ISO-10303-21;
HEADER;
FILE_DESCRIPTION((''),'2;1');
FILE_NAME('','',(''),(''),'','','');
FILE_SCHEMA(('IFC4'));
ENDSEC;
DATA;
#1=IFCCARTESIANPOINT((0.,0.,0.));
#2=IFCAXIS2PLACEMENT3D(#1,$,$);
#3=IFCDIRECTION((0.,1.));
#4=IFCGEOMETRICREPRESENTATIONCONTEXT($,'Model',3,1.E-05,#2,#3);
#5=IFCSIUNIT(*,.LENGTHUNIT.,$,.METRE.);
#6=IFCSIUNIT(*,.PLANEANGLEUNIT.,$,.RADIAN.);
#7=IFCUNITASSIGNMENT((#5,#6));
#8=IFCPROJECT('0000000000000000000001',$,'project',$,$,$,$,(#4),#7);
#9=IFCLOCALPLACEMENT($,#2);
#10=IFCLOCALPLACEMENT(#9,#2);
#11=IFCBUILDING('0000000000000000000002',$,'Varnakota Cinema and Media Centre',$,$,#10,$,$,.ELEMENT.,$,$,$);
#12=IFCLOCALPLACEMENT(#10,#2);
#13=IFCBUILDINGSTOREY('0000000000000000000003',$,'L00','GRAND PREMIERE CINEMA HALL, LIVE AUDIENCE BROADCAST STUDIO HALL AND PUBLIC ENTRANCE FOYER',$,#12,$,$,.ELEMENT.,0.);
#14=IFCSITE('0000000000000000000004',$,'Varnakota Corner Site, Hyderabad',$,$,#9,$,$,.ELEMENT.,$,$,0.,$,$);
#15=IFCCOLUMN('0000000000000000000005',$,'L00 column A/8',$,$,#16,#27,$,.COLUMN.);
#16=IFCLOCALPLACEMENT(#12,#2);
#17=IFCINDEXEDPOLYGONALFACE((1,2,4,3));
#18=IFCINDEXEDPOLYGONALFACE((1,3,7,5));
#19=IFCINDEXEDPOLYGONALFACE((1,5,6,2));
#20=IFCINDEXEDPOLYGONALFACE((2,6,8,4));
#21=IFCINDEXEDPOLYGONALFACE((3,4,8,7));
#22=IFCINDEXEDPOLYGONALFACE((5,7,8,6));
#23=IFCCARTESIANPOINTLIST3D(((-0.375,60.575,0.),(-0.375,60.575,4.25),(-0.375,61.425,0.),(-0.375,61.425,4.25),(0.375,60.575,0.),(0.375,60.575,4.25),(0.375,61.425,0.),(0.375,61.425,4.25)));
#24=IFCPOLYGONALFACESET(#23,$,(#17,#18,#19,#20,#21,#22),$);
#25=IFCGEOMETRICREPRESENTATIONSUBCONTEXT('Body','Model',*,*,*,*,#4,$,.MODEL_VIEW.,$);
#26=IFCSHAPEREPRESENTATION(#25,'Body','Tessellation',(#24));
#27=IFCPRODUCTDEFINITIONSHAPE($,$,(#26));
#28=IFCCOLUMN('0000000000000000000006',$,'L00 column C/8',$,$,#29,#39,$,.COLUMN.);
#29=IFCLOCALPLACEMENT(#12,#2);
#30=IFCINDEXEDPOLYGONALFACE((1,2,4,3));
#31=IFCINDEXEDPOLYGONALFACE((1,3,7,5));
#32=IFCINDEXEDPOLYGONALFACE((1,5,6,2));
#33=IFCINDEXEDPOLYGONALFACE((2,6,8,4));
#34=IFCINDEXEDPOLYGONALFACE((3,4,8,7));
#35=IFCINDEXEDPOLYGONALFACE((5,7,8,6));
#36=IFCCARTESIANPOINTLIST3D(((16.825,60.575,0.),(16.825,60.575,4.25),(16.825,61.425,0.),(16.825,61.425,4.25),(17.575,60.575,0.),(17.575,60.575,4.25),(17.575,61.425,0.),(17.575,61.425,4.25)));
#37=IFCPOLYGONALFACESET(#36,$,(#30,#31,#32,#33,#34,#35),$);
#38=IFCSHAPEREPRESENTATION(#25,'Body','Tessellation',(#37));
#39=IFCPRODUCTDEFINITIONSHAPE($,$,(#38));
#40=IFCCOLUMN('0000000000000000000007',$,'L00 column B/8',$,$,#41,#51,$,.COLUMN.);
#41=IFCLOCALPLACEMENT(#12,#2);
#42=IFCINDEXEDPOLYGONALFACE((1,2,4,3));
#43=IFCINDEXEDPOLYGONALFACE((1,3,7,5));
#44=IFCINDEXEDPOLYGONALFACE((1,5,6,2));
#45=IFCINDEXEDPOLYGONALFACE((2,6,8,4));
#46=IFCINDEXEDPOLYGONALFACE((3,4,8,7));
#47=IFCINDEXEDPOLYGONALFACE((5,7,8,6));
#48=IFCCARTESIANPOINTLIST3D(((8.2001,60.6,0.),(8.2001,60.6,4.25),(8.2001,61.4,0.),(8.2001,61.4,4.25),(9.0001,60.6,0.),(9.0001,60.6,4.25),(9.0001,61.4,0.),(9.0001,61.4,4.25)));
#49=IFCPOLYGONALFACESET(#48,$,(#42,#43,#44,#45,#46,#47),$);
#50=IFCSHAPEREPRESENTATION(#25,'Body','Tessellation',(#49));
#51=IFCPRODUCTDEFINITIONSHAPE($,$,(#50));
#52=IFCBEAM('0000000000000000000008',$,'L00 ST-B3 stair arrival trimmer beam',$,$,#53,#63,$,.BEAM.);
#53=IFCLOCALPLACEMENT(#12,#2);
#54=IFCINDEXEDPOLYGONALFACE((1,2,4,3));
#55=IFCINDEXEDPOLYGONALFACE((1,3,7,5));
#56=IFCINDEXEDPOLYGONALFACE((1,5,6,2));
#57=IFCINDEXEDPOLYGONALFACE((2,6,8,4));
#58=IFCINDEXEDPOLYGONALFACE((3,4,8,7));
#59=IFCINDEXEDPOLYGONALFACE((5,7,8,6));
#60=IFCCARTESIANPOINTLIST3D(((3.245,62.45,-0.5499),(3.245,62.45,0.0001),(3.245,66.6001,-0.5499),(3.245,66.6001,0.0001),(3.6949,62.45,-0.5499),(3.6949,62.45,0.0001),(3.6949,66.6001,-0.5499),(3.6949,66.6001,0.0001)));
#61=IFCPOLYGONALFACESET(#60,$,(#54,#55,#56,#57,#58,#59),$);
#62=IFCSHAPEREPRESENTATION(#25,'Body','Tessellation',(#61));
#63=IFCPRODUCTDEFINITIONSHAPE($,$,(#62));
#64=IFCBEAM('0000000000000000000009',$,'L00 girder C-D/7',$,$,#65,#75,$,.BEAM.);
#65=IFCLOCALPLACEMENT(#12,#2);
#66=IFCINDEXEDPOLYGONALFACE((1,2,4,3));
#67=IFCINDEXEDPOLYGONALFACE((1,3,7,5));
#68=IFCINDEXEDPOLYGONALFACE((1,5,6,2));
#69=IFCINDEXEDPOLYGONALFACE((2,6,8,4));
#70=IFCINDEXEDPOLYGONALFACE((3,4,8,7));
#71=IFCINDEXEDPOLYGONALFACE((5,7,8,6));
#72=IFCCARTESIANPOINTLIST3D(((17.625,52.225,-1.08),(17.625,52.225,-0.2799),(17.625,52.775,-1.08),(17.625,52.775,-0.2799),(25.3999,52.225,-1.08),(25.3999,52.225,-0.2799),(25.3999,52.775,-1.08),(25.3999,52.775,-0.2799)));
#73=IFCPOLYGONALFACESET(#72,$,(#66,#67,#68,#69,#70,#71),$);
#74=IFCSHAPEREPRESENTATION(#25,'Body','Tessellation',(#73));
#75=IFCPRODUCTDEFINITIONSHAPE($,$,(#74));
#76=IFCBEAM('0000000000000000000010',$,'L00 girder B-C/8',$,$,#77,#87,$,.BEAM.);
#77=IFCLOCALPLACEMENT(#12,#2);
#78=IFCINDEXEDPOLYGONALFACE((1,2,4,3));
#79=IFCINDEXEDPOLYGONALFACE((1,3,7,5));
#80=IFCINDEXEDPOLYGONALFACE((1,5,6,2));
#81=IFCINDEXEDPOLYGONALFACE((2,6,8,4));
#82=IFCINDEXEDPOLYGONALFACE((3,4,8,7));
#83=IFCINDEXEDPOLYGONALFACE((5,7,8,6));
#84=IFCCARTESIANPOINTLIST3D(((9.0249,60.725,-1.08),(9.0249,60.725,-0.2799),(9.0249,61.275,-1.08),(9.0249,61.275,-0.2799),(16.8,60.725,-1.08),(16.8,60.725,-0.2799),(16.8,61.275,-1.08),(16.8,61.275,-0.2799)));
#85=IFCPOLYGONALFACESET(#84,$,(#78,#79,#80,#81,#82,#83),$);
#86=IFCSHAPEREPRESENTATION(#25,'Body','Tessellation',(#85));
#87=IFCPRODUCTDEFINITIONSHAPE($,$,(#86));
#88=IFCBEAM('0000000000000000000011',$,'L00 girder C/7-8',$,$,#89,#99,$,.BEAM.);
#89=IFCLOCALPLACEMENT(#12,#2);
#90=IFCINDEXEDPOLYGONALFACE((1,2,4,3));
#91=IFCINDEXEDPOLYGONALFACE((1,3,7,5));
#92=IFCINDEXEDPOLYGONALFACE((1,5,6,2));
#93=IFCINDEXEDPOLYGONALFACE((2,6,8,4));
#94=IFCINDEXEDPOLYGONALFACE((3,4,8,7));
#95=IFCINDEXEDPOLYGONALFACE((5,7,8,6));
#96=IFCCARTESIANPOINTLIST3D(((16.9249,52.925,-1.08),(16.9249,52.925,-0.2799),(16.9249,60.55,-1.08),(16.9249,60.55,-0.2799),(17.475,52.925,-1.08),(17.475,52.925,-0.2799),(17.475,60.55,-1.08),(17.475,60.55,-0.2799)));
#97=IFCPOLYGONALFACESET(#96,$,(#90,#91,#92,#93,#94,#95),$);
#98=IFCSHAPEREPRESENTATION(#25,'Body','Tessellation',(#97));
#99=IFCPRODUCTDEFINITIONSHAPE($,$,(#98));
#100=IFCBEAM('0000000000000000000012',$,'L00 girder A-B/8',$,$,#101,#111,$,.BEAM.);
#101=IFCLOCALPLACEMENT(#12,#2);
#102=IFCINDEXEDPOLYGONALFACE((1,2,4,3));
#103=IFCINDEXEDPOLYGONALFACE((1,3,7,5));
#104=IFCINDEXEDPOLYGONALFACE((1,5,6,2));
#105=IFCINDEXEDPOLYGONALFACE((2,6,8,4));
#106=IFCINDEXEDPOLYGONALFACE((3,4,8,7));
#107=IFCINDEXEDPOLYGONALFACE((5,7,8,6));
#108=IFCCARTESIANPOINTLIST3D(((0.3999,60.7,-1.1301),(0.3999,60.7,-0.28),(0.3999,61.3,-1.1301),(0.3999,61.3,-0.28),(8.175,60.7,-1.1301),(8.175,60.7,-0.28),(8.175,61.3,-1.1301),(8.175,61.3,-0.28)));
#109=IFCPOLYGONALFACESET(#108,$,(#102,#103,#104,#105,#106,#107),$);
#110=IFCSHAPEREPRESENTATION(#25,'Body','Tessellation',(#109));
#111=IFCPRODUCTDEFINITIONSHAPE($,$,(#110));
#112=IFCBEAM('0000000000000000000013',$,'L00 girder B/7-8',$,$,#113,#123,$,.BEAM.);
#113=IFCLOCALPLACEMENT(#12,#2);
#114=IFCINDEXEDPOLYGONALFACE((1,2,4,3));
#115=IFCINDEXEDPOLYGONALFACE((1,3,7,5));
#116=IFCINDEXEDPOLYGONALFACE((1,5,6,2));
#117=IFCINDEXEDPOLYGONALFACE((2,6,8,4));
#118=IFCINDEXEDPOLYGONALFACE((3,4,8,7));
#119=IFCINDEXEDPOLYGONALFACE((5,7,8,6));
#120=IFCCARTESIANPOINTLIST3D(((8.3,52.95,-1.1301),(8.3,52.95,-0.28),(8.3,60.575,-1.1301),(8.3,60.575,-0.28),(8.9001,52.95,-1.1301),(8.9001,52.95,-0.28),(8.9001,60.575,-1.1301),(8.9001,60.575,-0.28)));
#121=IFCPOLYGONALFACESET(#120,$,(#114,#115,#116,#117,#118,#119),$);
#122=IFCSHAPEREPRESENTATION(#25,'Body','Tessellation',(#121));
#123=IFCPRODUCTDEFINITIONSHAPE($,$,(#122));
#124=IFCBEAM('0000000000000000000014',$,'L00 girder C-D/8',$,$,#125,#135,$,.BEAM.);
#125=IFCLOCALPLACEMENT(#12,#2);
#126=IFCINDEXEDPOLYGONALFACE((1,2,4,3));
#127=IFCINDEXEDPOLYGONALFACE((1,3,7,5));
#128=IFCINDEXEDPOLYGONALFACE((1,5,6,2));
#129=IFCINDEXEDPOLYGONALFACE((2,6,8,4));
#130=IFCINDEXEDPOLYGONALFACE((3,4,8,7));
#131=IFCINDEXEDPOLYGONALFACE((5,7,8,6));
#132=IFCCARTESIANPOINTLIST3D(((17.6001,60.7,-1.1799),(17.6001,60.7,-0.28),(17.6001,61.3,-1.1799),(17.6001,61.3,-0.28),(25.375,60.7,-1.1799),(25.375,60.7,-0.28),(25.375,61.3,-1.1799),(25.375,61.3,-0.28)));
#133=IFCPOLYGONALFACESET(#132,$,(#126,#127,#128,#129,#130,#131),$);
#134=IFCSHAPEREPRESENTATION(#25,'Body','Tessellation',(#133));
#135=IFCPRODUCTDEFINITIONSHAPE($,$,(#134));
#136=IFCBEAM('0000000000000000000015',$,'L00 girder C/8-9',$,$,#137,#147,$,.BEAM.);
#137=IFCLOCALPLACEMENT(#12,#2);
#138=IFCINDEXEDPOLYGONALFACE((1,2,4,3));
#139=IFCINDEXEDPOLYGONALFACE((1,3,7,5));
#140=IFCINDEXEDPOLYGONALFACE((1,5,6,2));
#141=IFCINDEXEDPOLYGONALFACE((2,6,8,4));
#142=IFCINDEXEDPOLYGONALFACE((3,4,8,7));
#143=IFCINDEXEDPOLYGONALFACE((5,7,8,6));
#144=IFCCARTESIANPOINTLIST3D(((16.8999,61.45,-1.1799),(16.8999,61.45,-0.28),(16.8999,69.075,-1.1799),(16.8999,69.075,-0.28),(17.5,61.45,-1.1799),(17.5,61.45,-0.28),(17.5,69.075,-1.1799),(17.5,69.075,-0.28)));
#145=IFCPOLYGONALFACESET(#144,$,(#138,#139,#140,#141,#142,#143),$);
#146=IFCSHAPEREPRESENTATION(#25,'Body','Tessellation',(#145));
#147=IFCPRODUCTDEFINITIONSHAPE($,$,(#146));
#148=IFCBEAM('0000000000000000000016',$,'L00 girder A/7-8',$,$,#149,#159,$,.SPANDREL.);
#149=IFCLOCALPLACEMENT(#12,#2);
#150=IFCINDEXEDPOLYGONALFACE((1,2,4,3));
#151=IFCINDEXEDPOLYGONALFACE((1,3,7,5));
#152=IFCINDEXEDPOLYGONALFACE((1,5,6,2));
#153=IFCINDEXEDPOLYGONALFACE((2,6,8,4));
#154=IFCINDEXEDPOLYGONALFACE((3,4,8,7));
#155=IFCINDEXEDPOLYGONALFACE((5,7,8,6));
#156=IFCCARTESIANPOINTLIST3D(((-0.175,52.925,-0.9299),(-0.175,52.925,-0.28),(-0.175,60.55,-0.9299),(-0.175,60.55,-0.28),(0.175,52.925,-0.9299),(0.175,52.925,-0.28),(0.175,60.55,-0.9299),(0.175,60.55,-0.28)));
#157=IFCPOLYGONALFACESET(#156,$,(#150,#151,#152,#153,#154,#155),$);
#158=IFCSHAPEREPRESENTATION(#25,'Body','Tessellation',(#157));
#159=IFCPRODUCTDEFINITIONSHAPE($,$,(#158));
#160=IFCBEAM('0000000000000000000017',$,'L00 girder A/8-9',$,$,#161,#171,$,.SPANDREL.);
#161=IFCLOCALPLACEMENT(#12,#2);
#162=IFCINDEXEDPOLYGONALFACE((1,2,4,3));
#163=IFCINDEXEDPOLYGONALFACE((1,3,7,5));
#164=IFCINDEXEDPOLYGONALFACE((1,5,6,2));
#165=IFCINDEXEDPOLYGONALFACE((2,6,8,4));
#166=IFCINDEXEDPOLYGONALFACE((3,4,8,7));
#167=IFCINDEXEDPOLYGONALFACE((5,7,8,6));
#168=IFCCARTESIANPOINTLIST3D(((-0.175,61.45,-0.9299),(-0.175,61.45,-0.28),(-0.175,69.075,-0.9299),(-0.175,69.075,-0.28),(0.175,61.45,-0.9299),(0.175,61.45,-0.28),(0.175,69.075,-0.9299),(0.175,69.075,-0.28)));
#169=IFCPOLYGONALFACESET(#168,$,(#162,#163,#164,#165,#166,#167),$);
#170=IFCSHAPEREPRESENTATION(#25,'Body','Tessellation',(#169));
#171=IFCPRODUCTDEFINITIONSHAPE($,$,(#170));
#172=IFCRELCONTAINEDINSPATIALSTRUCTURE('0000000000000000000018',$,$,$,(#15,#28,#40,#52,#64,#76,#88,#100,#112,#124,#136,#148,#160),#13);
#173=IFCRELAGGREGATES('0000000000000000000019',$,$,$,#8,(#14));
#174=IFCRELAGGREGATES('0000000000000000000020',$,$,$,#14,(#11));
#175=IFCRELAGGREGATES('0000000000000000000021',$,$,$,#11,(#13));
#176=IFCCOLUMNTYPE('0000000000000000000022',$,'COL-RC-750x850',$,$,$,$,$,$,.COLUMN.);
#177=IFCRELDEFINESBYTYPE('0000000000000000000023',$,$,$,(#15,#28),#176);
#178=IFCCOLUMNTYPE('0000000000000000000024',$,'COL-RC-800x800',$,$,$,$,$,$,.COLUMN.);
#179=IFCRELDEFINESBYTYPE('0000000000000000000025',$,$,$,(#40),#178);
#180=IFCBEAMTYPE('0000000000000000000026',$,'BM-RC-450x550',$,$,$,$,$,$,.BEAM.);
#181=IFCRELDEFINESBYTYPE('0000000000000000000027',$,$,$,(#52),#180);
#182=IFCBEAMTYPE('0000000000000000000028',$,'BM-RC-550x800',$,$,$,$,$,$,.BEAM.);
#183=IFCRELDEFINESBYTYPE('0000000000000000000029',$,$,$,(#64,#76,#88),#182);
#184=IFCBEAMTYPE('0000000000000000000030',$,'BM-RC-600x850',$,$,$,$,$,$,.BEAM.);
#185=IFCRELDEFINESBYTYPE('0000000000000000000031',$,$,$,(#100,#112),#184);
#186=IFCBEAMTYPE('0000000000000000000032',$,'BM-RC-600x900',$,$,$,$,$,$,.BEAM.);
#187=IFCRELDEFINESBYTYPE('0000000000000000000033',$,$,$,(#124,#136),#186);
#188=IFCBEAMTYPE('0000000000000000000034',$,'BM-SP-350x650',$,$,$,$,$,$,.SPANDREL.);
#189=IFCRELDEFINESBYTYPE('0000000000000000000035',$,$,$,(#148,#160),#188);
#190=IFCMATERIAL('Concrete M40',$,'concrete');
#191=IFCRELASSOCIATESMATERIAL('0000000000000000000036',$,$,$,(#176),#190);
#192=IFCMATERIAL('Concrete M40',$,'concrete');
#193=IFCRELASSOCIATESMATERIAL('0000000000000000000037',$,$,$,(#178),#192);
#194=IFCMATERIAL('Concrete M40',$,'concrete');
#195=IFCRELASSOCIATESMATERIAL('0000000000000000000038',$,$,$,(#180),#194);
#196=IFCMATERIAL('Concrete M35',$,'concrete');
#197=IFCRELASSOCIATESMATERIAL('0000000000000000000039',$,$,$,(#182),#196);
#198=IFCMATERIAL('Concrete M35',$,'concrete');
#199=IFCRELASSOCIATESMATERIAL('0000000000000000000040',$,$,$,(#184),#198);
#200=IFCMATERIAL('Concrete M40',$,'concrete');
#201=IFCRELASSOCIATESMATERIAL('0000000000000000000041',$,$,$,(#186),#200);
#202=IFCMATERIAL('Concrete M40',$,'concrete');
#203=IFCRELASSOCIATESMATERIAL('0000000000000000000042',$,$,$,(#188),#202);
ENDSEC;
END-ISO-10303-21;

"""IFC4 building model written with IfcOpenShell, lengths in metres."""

from ifc_helpers import new_model, si_unit, direction, frame, origin, origin_2d, place, context, subcontext, project, spatial, rectangle, extrude, material, material_profile, profile_set, type_object, element, save


model = new_model("IFC4")

# Units and contexts
model_context = context("Model", 3, precision=1e-05, world=origin(), true_north=direction((0.0, 1.0)))
body_context = subcontext(model_context, "Body", "Model", "MODEL_VIEW")
ifc_project = project(units=[si_unit("LENGTHUNIT", "METRE"), si_unit("PLANEANGLEUNIT", "RADIAN")], contexts=[model_context])

# Site, building, storey
site_placement = place(None, origin())
site = spatial("IfcSite", under=ifc_project, at=site_placement, Name="Varnakota Corner Site, Hyderabad", CompositionType="ELEMENT", RefElevation=0.0)
building_placement = place(site_placement, origin())
building = spatial("IfcBuilding", under=site, at=building_placement, Name="Varnakota Cinema and Media Centre", CompositionType="ELEMENT")
storey_placement = place(building_placement, origin())
storey = spatial("IfcBuildingStorey", under=building, at=storey_placement, Name="L00", Description="GRAND PREMIERE CINEMA HALL, LIVE AUDIENCE BROADCAST STUDIO HALL AND PUBLIC ENTRANCE FOYER", CompositionType="ELEMENT", Elevation=0.0)

# Columns
ifc_material_1 = material(Name="Concrete M40", Category="concrete")
ifc_material_profile_1 = material_profile(ifc_material_1, rectangle(XDim=0.75, YDim=0.8501, at=origin_2d()), Name="RC 750x850")
ifc_profile_set_1 = profile_set([ifc_material_profile_1], Name="Concrete M40")
column_type_1 = type_object("IfcColumnType", Name="COL-RC-750x850", PredefinedType="COLUMN", material=ifc_profile_set_1)
for number, where, z_axis, x_axis, name in (
    (1, (0.0, 61.0, 0.0), (0.0, 0.0, 1.0), (1.0, 0.0, 0.0), "L00 column A/8"),
    (2, (17.2, 61.0, 0.0), (0.0, 0.0, 1.0), (1.0, 0.0, 0.0), "L00 column C/8"),
):
    element("IfcColumn", number, at=place(storey_placement, frame(where, z_axis=z_axis, x_axis=x_axis)), inside=storey, type_object=column_type_1, Name=name, PredefinedType="COLUMN", context=body_context, shape_type="SweptSolid", body=[
        extrude(rectangle(XDim=0.75, YDim=0.8501, at=origin_2d()), origin(), (0.0, 0.0, 1.0), 4.25),
    ])
ifc_material_2 = material(Name="Concrete M40", Category="concrete")
ifc_material_profile_2 = material_profile(ifc_material_2, rectangle(XDim=0.8, YDim=0.8, at=origin_2d()), Name="RC 800x800")
ifc_profile_set_2 = profile_set([ifc_material_profile_2], Name="Concrete M40")
column_type_2 = type_object("IfcColumnType", Name="COL-RC-800x800", PredefinedType="COLUMN", material=ifc_profile_set_2)
column_placement = place(storey_placement, frame((8.6001, 61.0, 0.0), z_axis=(0.0, 0.0, 1.0), x_axis=(1.0, 0.0, 0.0)))
element("IfcColumn", 3, at=column_placement, inside=storey, type_object=column_type_2, Name="L00 column B/8", PredefinedType="COLUMN", context=body_context, shape_type="SweptSolid", body=[
    extrude(rectangle(XDim=0.8, YDim=0.8, at=origin_2d()), origin(), (0.0, 0.0, 1.0), 4.25),
])

# Beams
ifc_material_3 = material(Name="Concrete M40", Category="concrete")
ifc_material_profile_3 = material_profile(ifc_material_3, rectangle(XDim=0.45, YDim=0.55, at=origin_2d()), Name="RCB 450x550")
ifc_profile_set_3 = profile_set([ifc_material_profile_3], Name="Concrete M40")
beam_type_1 = type_object("IfcBeamType", Name="BM-RC-450x550", PredefinedType="BEAM", material=ifc_profile_set_3)
beam_1_placement = place(storey_placement, frame((3.47, 62.45, -0.2749), z_axis=(0.0, 1.0, 0.0), x_axis=(-1.0, 0.0, 0.0)))
element("IfcBeam", 4, at=beam_1_placement, inside=storey, type_object=beam_type_1, Name="L00 ST-B3 stair arrival trimmer beam", PredefinedType="BEAM", context=body_context, shape_type="SweptSolid", body=[
    extrude(rectangle(XDim=0.45, YDim=0.55, at=origin_2d()), origin(), (0.0, 0.0, 1.0), 4.1501),
])
ifc_material_4 = material(Name="Concrete M35", Category="concrete")
ifc_material_profile_4 = material_profile(ifc_material_4, rectangle(XDim=0.55, YDim=0.8, at=origin_2d()), Name="RCB 550x800")
ifc_profile_set_4 = profile_set([ifc_material_profile_4], Name="Concrete M35")
beam_type_2 = type_object("IfcBeamType", Name="BM-RC-550x800", PredefinedType="BEAM", material=ifc_profile_set_4)
beam_2_placement = place(storey_placement, frame((17.625, 52.5, -0.6799), z_axis=(1.0, 0.0, 0.0), x_axis=(0.0, 1.0, 0.0)))
element("IfcBeam", 5, at=beam_2_placement, inside=storey, type_object=beam_type_2, Name="L00 girder C-D/7", PredefinedType="BEAM", context=body_context, shape_type="SweptSolid", body=[
    extrude(rectangle(XDim=0.55, YDim=0.8, at=origin_2d()), origin(), (0.0, 0.0, 1.0), 7.7749),
])
beam_3_placement = place(storey_placement, frame((9.0249, 61.0, -0.6799), z_axis=(1.0, 0.0, 0.0), x_axis=(0.0, 1.0, 0.0)))
element("IfcBeam", 6, at=beam_3_placement, inside=storey, type_object=beam_type_2, Name="L00 girder B-C/8", PredefinedType="BEAM", context=body_context, shape_type="SweptSolid", body=[
    extrude(rectangle(XDim=0.55, YDim=0.8, at=origin_2d()), origin(), (0.0, 0.0, 1.0), 7.7751),
])
beam_4_placement = place(storey_placement, frame((17.2, 52.925, -0.6799), z_axis=(0.0, 1.0, 0.0), x_axis=(-1.0, 0.0, 0.0)))
element("IfcBeam", 7, at=beam_4_placement, inside=storey, type_object=beam_type_2, Name="L00 girder C/7-8", PredefinedType="BEAM", context=body_context, shape_type="SweptSolid", body=[
    extrude(rectangle(XDim=0.55, YDim=0.8, at=origin_2d()), origin(), (0.0, 0.0, 1.0), 7.625),
])
ifc_material_5 = material(Name="Concrete M35", Category="concrete")
ifc_material_profile_5 = material_profile(ifc_material_5, rectangle(XDim=0.6001, YDim=0.8501, at=origin_2d()), Name="RCB 600x850")
ifc_profile_set_5 = profile_set([ifc_material_profile_5], Name="Concrete M35")
beam_type_3 = type_object("IfcBeamType", Name="BM-RC-600x850", PredefinedType="BEAM", material=ifc_profile_set_5)
beam_5_placement = place(storey_placement, frame((0.3999, 61.0, -0.7051), z_axis=(1.0, 0.0, 0.0), x_axis=(0.0, 1.0, 0.0)))
element("IfcBeam", 8, at=beam_5_placement, inside=storey, type_object=beam_type_3, Name="L00 girder A-B/8", PredefinedType="BEAM", context=body_context, shape_type="SweptSolid", body=[
    extrude(rectangle(XDim=0.6001, YDim=0.8501, at=origin_2d()), origin(), (0.0, 0.0, 1.0), 7.7751),
])
beam_6_placement = place(storey_placement, frame((8.6001, 52.95, -0.7051), z_axis=(0.0, 1.0, 0.0), x_axis=(-1.0, 0.0, 0.0)))
element("IfcBeam", 9, at=beam_6_placement, inside=storey, type_object=beam_type_3, Name="L00 girder B/7-8", PredefinedType="BEAM", context=body_context, shape_type="SweptSolid", body=[
    extrude(rectangle(XDim=0.6001, YDim=0.8501, at=origin_2d()), origin(), (0.0, 0.0, 1.0), 7.625),
])
ifc_material_6 = material(Name="Concrete M40", Category="concrete")
ifc_material_profile_6 = material_profile(ifc_material_6, rectangle(XDim=0.6001, YDim=0.8999, at=origin_2d()), Name="RCB 600x900")
ifc_profile_set_6 = profile_set([ifc_material_profile_6], Name="Concrete M40")
beam_type_4 = type_object("IfcBeamType", Name="BM-RC-600x900", PredefinedType="BEAM", material=ifc_profile_set_6)
beam_7_placement = place(storey_placement, frame((17.6001, 61.0, -0.73), z_axis=(1.0, 0.0, 0.0), x_axis=(0.0, 1.0, 0.0)))
element("IfcBeam", 10, at=beam_7_placement, inside=storey, type_object=beam_type_4, Name="L00 girder C-D/8", PredefinedType="BEAM", context=body_context, shape_type="SweptSolid", body=[
    extrude(rectangle(XDim=0.6001, YDim=0.8999, at=origin_2d()), origin(), (0.0, 0.0, 1.0), 7.7749),
])
beam_8_placement = place(storey_placement, frame((17.2, 61.45, -0.73), z_axis=(0.0, 1.0, 0.0), x_axis=(-1.0, 0.0, 0.0)))
element("IfcBeam", 11, at=beam_8_placement, inside=storey, type_object=beam_type_4, Name="L00 girder C/8-9", PredefinedType="BEAM", context=body_context, shape_type="SweptSolid", body=[
    extrude(rectangle(XDim=0.6001, YDim=0.8999, at=origin_2d()), origin(), (0.0, 0.0, 1.0), 7.625),
])
ifc_material_7 = material(Name="Concrete M40", Category="concrete")
ifc_material_profile_7 = material_profile(ifc_material_7, rectangle(XDim=0.3501, YDim=0.6499, at=origin_2d()), Name="RCB 350x650")
ifc_profile_set_7 = profile_set([ifc_material_profile_7], Name="Concrete M40")
beam_type_5 = type_object("IfcBeamType", Name="BM-SP-350x650", PredefinedType="SPANDREL", material=ifc_profile_set_7)
for number, where, z_axis, x_axis, name in (
    (12, (0.0, 52.925, -0.605), (0.0, 1.0, 0.0), (-1.0, 0.0, 0.0), "L00 girder A/7-8"),
    (13, (0.0, 61.45, -0.605), (0.0, 1.0, 0.0), (-1.0, 0.0, 0.0), "L00 girder A/8-9"),
):
    element("IfcBeam", number, at=place(storey_placement, frame(where, z_axis=z_axis, x_axis=x_axis)), inside=storey, type_object=beam_type_5, Name=name, PredefinedType="SPANDREL", context=body_context, shape_type="SweptSolid", body=[
        extrude(rectangle(XDim=0.3501, YDim=0.6499, at=origin_2d()), origin(), (0.0, 0.0, 1.0), 7.625),
    ])

save(model, "model.ifc")
